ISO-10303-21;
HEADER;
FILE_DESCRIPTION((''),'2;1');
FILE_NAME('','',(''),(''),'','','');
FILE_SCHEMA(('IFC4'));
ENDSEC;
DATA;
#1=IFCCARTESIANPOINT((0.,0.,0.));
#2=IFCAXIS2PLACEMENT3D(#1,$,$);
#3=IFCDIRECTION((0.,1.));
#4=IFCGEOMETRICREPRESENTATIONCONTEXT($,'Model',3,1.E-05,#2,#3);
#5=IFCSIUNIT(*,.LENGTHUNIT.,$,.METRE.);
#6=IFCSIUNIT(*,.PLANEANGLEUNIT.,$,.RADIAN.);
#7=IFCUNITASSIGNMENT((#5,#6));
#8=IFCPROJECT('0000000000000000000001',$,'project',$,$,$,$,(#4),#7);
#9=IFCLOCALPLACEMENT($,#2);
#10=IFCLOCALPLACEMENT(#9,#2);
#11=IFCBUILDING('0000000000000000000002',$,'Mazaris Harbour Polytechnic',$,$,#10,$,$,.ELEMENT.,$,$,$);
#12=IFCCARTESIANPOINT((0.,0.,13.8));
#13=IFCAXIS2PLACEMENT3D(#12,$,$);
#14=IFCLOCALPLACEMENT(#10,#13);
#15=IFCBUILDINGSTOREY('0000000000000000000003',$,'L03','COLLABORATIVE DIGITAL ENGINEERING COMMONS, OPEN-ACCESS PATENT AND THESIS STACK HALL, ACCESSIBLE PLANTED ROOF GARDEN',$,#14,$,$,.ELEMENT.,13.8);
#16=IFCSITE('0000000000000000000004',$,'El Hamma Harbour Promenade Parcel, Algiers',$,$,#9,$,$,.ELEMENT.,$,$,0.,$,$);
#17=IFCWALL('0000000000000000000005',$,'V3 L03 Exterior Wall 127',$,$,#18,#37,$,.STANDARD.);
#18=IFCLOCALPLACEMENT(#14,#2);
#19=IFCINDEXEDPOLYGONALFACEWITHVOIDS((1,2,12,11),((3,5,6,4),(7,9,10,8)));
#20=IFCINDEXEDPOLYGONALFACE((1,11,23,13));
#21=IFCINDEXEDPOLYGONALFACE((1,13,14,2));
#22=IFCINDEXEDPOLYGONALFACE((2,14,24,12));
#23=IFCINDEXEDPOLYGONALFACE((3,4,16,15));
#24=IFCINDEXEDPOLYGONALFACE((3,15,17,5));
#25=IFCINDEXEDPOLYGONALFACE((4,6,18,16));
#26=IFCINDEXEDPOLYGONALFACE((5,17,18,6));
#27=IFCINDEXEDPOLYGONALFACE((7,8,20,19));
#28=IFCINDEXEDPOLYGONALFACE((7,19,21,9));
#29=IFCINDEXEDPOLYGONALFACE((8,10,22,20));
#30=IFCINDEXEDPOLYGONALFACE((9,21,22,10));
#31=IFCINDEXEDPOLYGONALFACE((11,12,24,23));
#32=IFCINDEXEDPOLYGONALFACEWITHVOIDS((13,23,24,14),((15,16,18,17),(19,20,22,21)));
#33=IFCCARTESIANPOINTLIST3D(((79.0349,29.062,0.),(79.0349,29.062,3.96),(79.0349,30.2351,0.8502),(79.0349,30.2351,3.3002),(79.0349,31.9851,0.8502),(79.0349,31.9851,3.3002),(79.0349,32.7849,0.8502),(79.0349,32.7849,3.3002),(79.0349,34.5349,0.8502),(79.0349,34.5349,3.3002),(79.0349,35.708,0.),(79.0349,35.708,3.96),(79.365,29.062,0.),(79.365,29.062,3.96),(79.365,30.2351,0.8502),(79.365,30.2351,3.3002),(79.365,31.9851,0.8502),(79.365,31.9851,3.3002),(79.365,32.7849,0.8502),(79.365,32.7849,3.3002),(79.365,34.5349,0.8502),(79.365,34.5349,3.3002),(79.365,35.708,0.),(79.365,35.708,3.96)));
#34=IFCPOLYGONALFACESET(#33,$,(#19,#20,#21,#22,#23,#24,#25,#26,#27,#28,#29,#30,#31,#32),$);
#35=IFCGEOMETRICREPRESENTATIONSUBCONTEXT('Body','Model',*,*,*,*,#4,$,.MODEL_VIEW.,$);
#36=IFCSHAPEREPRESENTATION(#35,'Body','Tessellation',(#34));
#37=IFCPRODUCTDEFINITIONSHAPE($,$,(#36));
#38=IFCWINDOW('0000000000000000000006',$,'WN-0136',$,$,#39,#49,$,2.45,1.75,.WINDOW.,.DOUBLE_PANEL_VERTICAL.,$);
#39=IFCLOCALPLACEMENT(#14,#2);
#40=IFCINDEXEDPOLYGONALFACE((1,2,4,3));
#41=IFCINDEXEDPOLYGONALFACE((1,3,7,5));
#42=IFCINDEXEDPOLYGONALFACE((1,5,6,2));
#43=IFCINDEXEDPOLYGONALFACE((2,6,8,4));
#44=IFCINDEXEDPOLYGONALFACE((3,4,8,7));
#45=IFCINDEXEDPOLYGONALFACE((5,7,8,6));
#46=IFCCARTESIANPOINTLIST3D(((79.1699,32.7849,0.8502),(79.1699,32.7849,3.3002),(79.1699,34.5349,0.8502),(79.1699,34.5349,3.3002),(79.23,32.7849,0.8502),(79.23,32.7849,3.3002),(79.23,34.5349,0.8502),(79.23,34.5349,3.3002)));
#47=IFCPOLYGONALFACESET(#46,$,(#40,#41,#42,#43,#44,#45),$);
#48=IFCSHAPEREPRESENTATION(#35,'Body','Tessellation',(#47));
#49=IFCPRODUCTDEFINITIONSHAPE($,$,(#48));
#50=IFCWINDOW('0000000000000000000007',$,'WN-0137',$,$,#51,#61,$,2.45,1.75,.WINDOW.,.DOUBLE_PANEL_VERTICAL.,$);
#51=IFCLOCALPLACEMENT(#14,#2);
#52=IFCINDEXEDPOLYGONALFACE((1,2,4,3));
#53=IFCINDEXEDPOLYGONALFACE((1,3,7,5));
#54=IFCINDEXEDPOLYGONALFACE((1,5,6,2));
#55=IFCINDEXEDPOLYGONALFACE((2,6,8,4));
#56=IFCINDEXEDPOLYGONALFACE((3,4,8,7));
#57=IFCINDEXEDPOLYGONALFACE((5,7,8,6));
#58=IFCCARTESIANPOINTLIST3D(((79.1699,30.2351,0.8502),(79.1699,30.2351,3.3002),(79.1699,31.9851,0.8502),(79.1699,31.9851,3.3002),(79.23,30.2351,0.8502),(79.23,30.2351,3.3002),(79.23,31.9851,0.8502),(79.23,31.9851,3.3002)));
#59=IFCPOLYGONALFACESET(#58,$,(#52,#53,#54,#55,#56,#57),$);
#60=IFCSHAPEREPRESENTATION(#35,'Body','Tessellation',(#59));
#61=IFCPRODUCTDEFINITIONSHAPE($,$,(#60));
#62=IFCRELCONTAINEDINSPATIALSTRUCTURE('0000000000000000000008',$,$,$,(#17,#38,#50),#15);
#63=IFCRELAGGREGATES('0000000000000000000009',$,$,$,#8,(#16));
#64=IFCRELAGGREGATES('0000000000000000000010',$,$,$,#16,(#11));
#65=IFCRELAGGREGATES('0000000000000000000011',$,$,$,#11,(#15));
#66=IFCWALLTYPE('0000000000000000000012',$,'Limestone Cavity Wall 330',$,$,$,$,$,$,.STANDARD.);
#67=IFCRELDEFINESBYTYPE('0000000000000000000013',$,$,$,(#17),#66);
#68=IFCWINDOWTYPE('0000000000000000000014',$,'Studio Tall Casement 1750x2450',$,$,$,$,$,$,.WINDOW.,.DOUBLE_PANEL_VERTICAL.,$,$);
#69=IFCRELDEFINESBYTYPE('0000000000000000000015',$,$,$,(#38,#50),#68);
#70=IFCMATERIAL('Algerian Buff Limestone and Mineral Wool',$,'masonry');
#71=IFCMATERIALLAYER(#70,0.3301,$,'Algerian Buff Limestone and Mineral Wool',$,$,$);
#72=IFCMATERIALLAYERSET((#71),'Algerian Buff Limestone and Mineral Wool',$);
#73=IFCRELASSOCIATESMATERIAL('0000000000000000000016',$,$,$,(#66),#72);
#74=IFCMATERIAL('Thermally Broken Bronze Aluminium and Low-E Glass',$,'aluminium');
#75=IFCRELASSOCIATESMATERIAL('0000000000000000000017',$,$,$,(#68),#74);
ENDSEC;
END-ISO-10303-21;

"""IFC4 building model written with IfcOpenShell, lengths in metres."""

from ifc_helpers import new_model, si_unit, direction, frame, frame_2d, origin, place, context, subcontext, project, spatial, rectangle, extrude, material, layer, layer_set, type_object, element, fill, save


model = new_model("IFC4")

# Units and contexts
model_context = context("Model", 3, precision=1e-05, world=origin(), true_north=direction((0.0, 1.0)))
body_context = subcontext(model_context, "Body", "Model", "MODEL_VIEW")
ifc_project = project(units=[si_unit("LENGTHUNIT", "METRE"), si_unit("PLANEANGLEUNIT", "RADIAN")], contexts=[model_context])

# Site, building, storey
site_placement = place(None, origin())
site = spatial("IfcSite", under=ifc_project, at=site_placement, Name="El Hamma Harbour Promenade Parcel, Algiers", CompositionType="ELEMENT", RefElevation=0.0)
building_placement = place(site_placement, origin())
building = spatial("IfcBuilding", under=site, at=building_placement, Name="Mazaris Harbour Polytechnic", CompositionType="ELEMENT")
storey_placement = place(building_placement, frame((0.0, 0.0, 13.8)))
storey = spatial("IfcBuildingStorey", under=building, at=storey_placement, Name="L03", Description="COLLABORATIVE DIGITAL ENGINEERING COMMONS, OPEN-ACCESS PATENT AND THESIS STACK HALL, ACCESSIBLE PLANTED ROOF GARDEN", CompositionType="ELEMENT", Elevation=13.8)

# Shared definitions
ifc_material_1 = material(Name="Algerian Buff Limestone and Mineral Wool", Category="masonry")
ifc_layer_1 = layer(ifc_material_1, 0.3301, Name="Algerian Buff Limestone and Mineral Wool")
ifc_layer_set_1 = layer_set([ifc_layer_1], Name="Algerian Buff Limestone and Mineral Wool")
wall_type = type_object("IfcWallType", Name="Limestone Cavity Wall 330", PredefinedType="STANDARD", material=ifc_layer_set_1)

# Wall, openings, windows
wall_1_placement = place(storey_placement, frame((79.2, 35.708, 0.0), z_axis=(0.0, 0.0, 1.0), x_axis=(0.0, -1.0, 0.0)))
wall_1 = element("IfcWall", 1, at=wall_1_placement, inside=storey, type_object=wall_type, Name="V3 L03 Exterior Wall 127", PredefinedType="STANDARD", context=body_context, shape_type="SweptSolid", body=[
    extrude(rectangle(XDim=6.646, YDim=0.3301, at=frame_2d((3.323, 0.0))), origin(), (0.0, 0.0, 1.0), 3.96),
])
opening_1_placement = place(wall_1_placement, frame((1.1731, 0.0, 0.8501)))
opening_1 = element("IfcOpeningElement", 2, at=opening_1_placement, cuts=wall_1, PredefinedType="OPENING", context=body_context, shape_type="SweptSolid", body=[
    extrude(rectangle(XDim=1.75, YDim=2.45, at=frame_2d((0.875, 1.2251))), frame((0.0, 0.175, 0.0), z_axis=(0.0, -1.0, 0.0), x_axis=(1.0, 0.0, 0.0)), (0.0, 0.0, 1.0), 0.3501),
])
opening_2_placement = place(wall_1_placement, frame((3.7229, 0.0, 0.8501)))
opening_2 = element("IfcOpeningElement", 3, at=opening_2_placement, cuts=wall_1, PredefinedType="OPENING", context=body_context, shape_type="SweptSolid", body=[
    extrude(rectangle(XDim=1.75, YDim=2.45, at=frame_2d((0.875, 1.2251))), frame((0.0, 0.175, 0.0), z_axis=(0.0, -1.0, 0.0), x_axis=(1.0, 0.0, 0.0)), (0.0, 0.0, 1.0), 0.3501),
])
ifc_material_2 = material(Name="Thermally Broken Bronze Aluminium and Low-E Glass", Category="aluminium")
window_type = type_object("IfcWindowType", Name="Studio Tall Casement 1750x2450", PartitioningType="DOUBLE_PANEL_VERTICAL", PredefinedType="WINDOW", material=ifc_material_2)
window_1_placement = place(opening_1_placement, origin())
window_1 = element("IfcWindow", 4, at=window_1_placement, inside=storey, type_object=window_type, Name="WN-0136", OverallHeight=2.45, OverallWidth=1.75, PartitioningType="DOUBLE_PANEL_VERTICAL", PredefinedType="WINDOW", context=body_context, shape_type="SweptSolid", body=[
    extrude(rectangle(XDim=1.75, YDim=2.45, at=frame_2d((0.875, 1.2251))), frame((0.0, 0.03, 0.0), z_axis=(0.0, -1.0, 0.0), x_axis=(1.0, 0.0, 0.0)), (0.0, 0.0, 1.0), 0.0601),
])
fill(opening_1, window_1)
window_2_placement = place(opening_2_placement, origin())
window_2 = element("IfcWindow", 5, at=window_2_placement, inside=storey, type_object=window_type, Name="WN-0137", OverallHeight=2.45, OverallWidth=1.75, PartitioningType="DOUBLE_PANEL_VERTICAL", PredefinedType="WINDOW", context=body_context, shape_type="SweptSolid", body=[
    extrude(rectangle(XDim=1.75, YDim=2.45, at=frame_2d((0.875, 1.2251))), frame((0.0, 0.03, 0.0), z_axis=(0.0, -1.0, 0.0), x_axis=(1.0, 0.0, 0.0)), (0.0, 0.0, 1.0), 0.0601),
])
fill(opening_2, window_2)

save(model, "model.ifc")
